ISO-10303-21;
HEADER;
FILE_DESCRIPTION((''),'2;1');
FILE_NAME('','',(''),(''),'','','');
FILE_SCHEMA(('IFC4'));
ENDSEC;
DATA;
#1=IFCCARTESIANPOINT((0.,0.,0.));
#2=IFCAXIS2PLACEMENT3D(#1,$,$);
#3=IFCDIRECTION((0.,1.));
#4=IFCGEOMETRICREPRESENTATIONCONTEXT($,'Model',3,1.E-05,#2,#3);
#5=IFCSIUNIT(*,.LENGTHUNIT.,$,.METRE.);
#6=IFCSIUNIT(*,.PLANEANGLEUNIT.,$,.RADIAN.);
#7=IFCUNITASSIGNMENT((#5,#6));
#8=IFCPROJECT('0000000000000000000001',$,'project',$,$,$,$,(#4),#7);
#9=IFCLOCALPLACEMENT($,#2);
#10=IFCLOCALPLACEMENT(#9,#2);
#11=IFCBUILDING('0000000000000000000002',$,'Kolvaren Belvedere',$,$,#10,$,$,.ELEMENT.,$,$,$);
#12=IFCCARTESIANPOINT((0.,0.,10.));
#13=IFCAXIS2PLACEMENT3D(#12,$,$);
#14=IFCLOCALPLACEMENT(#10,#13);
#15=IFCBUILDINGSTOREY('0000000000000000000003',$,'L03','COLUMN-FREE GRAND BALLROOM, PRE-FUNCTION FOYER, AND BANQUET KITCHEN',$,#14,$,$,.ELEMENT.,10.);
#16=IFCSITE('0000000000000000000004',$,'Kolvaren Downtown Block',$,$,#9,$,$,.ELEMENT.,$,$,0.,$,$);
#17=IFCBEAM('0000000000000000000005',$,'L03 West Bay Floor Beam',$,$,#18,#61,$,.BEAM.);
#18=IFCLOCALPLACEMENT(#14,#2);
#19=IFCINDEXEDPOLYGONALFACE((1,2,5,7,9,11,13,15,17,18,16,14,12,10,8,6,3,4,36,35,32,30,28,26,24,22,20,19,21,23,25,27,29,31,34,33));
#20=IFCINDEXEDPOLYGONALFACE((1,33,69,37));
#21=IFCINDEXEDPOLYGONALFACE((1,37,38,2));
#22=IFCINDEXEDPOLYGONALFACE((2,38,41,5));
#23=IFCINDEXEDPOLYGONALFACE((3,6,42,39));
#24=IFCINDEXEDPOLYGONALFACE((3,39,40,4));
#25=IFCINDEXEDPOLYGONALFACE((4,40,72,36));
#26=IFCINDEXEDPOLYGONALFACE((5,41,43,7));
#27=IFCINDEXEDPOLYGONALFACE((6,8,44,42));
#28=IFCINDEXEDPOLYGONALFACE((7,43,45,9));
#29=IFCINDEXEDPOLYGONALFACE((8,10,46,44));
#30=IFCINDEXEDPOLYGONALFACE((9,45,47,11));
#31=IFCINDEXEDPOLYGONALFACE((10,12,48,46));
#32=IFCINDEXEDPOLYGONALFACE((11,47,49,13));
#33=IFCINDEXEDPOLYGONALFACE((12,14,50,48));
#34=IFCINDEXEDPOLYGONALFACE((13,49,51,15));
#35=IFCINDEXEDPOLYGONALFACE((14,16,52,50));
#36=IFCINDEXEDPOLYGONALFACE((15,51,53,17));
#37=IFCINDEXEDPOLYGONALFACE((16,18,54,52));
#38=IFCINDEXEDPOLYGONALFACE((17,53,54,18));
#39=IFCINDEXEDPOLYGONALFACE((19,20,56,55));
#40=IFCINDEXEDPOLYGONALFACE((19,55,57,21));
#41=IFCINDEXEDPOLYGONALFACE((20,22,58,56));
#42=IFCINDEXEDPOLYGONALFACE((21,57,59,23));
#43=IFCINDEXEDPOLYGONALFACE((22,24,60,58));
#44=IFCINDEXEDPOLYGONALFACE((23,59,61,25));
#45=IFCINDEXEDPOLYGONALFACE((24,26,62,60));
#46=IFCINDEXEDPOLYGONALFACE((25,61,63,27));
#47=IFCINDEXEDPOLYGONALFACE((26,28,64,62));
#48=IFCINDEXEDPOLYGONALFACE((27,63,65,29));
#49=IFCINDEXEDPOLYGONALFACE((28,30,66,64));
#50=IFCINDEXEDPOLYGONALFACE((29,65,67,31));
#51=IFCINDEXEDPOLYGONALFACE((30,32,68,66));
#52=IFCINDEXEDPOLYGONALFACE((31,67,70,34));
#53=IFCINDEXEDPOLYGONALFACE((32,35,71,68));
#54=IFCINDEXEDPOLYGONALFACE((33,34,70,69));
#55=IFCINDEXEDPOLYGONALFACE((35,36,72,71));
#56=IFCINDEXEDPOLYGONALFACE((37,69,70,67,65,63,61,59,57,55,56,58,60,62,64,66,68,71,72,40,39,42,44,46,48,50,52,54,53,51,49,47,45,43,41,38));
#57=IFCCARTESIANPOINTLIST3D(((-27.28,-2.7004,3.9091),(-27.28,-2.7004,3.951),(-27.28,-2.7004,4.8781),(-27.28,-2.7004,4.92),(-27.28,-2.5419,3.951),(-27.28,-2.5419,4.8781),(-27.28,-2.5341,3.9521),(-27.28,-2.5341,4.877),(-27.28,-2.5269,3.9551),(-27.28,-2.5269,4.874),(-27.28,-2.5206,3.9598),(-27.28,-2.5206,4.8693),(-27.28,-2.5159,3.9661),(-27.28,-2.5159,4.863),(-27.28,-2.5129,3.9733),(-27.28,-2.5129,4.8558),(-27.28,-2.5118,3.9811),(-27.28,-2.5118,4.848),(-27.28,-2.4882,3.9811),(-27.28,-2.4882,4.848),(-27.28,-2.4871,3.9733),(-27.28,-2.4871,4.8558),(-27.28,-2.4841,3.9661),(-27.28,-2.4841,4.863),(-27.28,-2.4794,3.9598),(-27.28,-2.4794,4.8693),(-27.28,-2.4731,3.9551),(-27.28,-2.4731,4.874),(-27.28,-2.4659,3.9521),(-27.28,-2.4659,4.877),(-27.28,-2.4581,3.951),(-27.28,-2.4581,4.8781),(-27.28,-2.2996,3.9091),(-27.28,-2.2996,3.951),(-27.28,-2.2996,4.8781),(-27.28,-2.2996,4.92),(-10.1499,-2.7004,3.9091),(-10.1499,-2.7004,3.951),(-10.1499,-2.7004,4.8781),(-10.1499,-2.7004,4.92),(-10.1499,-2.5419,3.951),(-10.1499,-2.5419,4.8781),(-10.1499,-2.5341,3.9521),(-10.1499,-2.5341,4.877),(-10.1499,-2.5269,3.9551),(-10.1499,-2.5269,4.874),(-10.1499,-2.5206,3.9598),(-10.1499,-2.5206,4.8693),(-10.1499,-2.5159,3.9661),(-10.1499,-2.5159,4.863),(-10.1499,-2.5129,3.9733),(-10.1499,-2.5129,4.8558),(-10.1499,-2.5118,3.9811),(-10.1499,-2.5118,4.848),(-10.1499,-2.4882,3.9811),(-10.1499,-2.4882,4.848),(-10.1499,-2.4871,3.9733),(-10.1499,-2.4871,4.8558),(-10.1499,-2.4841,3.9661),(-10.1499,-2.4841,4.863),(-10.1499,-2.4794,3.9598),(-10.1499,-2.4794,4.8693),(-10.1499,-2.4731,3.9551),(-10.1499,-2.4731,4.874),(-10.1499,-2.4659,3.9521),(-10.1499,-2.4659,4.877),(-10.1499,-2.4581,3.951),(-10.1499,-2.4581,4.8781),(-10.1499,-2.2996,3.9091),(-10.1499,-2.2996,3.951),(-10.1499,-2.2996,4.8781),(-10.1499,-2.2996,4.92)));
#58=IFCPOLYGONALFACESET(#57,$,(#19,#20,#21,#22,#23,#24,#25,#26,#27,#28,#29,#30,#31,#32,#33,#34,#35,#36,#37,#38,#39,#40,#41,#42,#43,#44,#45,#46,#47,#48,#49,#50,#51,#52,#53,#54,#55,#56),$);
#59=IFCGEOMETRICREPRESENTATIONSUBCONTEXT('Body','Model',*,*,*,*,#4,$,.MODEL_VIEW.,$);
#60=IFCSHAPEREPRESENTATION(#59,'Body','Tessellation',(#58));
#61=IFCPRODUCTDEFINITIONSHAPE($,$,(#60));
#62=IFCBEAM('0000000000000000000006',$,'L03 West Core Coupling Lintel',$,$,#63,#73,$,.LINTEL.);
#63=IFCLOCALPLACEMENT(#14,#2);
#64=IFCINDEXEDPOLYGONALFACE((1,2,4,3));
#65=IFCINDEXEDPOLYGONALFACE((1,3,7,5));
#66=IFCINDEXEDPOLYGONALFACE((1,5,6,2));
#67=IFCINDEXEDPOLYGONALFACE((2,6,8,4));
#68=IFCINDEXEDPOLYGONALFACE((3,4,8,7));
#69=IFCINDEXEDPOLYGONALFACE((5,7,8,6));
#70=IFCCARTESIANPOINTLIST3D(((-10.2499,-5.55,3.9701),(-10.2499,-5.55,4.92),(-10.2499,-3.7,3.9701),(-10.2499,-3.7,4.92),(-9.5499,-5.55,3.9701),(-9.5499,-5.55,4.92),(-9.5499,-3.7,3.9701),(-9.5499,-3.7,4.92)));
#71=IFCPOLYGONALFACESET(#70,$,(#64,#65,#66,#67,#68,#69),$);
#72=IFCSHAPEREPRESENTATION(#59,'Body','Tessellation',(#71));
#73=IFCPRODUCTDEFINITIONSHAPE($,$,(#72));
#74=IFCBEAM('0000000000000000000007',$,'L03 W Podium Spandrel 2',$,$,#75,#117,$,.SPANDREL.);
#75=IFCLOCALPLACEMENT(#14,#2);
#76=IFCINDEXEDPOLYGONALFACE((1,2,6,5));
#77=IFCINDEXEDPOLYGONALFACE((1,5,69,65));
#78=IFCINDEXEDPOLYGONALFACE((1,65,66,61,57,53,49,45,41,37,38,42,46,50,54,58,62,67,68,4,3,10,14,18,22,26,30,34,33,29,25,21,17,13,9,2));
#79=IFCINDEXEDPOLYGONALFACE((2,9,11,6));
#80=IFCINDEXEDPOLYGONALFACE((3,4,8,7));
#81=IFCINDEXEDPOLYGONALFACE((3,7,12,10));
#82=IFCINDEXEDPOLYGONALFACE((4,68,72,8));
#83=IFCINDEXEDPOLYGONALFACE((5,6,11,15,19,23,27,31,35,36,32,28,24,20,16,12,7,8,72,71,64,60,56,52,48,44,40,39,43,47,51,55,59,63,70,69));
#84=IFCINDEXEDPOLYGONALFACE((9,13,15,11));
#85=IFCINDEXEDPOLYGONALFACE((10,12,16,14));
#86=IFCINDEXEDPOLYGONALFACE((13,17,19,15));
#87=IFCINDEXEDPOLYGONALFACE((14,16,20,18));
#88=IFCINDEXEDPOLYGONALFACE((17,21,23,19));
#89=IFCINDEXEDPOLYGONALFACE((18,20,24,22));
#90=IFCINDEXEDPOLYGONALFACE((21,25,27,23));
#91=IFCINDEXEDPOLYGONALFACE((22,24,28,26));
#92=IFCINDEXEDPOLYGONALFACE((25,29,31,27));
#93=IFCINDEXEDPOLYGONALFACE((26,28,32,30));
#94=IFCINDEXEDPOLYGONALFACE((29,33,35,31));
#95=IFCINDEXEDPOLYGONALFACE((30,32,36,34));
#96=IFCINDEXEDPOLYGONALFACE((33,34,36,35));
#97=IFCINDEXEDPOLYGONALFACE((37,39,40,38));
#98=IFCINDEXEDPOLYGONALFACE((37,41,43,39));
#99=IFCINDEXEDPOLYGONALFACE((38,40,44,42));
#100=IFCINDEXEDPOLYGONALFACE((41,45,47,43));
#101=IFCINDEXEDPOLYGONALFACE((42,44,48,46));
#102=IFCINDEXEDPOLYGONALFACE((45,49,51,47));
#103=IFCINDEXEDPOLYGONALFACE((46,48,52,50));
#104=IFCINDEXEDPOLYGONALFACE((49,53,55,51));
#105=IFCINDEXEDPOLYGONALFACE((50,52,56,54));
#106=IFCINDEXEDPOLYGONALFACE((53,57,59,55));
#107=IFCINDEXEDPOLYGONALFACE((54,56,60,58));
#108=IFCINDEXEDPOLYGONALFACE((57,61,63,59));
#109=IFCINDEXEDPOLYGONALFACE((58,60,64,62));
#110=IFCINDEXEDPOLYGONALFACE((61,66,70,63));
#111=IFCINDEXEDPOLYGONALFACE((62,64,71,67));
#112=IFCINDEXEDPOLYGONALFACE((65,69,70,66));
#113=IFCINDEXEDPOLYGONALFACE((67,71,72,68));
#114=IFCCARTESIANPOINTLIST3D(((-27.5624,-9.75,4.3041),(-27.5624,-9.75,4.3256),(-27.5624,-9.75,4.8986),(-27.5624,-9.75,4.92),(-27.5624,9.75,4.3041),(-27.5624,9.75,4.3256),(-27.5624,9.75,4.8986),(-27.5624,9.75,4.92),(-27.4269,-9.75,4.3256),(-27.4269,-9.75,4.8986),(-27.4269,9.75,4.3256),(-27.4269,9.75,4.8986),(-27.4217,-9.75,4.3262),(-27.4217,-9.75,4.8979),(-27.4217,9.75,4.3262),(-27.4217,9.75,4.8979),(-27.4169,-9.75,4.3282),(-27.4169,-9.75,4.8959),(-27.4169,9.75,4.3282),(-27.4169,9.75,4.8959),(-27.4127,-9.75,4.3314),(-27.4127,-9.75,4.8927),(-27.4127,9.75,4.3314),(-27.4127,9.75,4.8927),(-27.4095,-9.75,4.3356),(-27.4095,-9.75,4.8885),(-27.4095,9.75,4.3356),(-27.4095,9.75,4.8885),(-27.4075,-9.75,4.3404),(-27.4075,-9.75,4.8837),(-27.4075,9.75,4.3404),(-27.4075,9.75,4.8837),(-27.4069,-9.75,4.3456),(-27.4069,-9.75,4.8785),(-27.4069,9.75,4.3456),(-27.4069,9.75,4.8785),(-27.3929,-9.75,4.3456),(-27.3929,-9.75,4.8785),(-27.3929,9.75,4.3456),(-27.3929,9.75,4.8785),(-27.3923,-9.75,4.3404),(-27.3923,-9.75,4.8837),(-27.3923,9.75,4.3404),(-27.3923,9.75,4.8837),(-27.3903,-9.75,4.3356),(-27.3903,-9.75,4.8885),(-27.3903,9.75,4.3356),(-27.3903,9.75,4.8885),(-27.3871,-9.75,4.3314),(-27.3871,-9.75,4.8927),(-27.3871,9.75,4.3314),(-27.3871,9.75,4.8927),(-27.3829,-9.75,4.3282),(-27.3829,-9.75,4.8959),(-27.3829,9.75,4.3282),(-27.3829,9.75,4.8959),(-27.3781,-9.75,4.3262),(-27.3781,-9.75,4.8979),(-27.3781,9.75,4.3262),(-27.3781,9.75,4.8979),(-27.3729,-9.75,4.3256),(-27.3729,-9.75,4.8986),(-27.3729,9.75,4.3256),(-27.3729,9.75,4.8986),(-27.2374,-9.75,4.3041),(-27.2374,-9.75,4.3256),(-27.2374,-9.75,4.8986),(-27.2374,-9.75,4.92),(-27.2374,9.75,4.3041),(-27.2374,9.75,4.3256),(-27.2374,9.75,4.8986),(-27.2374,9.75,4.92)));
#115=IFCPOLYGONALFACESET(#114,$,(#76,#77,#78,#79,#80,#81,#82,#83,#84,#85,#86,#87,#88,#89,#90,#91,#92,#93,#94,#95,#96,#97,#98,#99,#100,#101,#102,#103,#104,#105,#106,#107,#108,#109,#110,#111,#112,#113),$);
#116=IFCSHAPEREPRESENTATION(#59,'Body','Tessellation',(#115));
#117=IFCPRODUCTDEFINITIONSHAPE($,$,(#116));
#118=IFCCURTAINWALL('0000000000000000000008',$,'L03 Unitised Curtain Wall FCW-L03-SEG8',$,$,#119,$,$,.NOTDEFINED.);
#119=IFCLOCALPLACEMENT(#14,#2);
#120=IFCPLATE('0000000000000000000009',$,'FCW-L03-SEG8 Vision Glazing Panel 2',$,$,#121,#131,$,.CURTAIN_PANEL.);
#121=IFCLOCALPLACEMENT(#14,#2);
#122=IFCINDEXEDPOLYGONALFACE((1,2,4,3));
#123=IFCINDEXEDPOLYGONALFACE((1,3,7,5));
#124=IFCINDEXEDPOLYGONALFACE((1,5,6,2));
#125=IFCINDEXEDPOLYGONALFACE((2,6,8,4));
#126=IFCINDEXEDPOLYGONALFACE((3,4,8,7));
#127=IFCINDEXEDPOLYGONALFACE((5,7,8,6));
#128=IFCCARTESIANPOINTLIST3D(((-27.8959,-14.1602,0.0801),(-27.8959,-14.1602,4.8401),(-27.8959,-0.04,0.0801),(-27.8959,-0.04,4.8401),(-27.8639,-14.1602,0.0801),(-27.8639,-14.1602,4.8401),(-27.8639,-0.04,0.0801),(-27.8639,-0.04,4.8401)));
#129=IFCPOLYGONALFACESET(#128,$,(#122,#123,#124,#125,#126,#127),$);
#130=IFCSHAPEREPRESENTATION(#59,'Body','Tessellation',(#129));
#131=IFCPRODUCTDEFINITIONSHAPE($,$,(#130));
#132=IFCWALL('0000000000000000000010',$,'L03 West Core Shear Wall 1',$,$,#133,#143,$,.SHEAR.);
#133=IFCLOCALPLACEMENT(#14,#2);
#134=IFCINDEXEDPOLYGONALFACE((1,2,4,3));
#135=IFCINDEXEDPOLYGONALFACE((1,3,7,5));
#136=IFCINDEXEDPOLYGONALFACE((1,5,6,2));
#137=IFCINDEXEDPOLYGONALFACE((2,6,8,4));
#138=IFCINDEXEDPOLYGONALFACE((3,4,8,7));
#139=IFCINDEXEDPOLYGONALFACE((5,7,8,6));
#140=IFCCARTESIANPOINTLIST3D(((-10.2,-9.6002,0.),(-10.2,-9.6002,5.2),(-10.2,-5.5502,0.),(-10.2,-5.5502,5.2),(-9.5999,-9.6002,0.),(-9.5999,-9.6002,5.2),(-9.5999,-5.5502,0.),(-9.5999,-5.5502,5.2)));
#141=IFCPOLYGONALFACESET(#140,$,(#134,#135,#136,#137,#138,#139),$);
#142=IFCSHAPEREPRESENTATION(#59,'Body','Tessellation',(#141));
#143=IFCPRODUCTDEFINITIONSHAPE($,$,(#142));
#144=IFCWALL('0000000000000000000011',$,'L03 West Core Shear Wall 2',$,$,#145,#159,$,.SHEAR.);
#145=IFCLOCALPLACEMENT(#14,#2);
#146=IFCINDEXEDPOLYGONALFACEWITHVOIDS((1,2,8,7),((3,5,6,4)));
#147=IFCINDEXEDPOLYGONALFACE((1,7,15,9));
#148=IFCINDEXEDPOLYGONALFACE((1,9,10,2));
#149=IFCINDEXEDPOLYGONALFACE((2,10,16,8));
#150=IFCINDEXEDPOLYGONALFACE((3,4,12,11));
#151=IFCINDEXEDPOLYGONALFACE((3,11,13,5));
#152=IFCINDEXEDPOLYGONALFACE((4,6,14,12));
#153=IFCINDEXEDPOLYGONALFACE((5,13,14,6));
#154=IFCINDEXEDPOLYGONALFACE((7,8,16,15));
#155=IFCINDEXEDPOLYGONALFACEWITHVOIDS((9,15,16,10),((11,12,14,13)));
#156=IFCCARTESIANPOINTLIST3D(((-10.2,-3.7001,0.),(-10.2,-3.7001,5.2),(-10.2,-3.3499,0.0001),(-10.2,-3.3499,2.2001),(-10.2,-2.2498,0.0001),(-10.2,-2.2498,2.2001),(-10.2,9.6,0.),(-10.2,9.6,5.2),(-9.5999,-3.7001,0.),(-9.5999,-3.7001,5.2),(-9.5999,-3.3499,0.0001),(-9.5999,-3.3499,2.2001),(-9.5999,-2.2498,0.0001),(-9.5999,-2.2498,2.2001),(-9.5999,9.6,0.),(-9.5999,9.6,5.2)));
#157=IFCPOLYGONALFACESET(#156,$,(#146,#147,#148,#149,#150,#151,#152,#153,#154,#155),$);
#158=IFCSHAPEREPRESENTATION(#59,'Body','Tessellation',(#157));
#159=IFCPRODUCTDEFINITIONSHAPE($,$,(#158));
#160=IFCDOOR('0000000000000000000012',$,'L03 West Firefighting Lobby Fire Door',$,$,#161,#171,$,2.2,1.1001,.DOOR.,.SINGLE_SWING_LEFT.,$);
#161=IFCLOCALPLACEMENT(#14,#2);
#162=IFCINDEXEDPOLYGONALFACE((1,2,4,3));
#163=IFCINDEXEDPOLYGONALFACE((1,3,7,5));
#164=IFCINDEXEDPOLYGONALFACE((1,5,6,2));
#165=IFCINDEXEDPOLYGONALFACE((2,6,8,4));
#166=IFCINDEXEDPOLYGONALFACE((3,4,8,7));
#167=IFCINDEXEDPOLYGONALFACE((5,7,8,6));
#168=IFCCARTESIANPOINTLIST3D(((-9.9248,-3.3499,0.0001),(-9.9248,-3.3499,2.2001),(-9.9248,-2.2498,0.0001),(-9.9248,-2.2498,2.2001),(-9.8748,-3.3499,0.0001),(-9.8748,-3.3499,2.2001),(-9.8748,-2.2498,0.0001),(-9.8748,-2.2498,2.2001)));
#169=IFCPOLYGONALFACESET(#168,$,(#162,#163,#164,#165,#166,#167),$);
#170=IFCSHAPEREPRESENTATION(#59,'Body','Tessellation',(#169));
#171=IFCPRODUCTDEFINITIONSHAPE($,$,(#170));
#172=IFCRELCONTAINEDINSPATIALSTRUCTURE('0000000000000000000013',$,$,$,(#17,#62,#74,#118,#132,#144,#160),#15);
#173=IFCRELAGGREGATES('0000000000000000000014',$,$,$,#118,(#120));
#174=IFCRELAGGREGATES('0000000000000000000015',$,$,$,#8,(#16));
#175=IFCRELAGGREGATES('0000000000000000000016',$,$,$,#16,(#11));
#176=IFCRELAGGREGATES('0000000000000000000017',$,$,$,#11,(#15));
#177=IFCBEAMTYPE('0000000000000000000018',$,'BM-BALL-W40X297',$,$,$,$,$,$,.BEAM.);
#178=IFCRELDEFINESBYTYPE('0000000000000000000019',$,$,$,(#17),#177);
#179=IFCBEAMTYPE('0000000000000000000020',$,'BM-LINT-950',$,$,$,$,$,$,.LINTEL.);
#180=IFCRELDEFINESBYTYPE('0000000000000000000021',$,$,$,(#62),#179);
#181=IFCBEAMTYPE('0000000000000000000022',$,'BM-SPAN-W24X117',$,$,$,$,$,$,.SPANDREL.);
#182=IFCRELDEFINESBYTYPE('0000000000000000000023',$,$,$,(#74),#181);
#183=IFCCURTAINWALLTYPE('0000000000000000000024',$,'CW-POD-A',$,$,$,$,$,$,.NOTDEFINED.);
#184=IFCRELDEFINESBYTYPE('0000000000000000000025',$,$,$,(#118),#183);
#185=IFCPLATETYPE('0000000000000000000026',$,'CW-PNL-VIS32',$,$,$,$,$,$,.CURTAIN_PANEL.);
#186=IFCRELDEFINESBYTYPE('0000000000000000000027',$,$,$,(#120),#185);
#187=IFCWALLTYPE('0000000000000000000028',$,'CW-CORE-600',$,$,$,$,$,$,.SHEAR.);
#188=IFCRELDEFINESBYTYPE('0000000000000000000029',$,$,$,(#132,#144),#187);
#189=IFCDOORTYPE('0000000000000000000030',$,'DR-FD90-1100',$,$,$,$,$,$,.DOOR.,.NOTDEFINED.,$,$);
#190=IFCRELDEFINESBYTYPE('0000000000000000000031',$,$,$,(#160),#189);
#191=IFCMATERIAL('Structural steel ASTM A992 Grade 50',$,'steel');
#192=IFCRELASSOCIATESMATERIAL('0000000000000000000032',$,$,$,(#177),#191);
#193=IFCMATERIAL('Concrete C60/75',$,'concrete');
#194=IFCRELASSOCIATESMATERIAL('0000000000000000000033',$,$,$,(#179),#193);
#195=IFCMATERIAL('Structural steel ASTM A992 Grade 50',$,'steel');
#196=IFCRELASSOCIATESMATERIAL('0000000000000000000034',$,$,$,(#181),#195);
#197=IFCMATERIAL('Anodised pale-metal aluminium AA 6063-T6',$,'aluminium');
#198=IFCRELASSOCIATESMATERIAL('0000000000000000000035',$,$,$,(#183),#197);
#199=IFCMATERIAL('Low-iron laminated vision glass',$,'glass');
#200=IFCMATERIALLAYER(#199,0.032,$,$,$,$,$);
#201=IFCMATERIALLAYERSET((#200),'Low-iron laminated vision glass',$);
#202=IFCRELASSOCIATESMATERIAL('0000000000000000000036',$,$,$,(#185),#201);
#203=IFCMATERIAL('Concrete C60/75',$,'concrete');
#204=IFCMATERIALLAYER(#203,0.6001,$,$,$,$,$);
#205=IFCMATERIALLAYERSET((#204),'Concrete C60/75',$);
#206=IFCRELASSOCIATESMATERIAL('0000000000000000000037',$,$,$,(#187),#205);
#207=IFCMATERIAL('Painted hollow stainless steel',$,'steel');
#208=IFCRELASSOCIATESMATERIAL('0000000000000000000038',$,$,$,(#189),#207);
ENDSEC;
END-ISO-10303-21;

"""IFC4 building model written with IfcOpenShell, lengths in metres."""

from ifc_helpers import new_model, si_unit, direction, frame, frame_2d, origin, origin_2d, place, context, subcontext, project, spatial, rectangle, i_section, extrude, material, layer, layer_set, material_profile, profile_set, type_object, element, fill, aggregate, save


model = new_model("IFC4")

# Units and contexts
model_context = context("Model", 3, precision=1e-05, world=origin(), true_north=direction((0.0, 1.0)))
body_context = subcontext(model_context, "Body", "Model", "MODEL_VIEW")
ifc_project = project(units=[si_unit("LENGTHUNIT", "METRE"), si_unit("PLANEANGLEUNIT", "RADIAN")], contexts=[model_context])

# Site, building, storey
site_placement = place(None, origin())
site = spatial("IfcSite", under=ifc_project, at=site_placement, Name="Kolvaren Downtown Block", CompositionType="ELEMENT", RefElevation=0.0)
building_placement = place(site_placement, origin())
building = spatial("IfcBuilding", under=site, at=building_placement, Name="Kolvaren Belvedere", CompositionType="ELEMENT")
storey_placement = place(building_placement, frame((0.0, 0.0, 10.0)))
storey = spatial("IfcBuildingStorey", under=building, at=storey_placement, Name="L03", Description="COLUMN-FREE GRAND BALLROOM, PRE-FUNCTION FOYER, AND BANQUET KITCHEN", CompositionType="ELEMENT", Elevation=10.0)

# Beams
ifc_material_1 = material(Name="Structural steel ASTM A992 Grade 50", Category="steel")
ifc_material_profile_1 = material_profile(ifc_material_1, i_section(OverallWidth=0.4009, OverallDepth=1.011, WebThickness=0.0237, FlangeThickness=0.042, FilletRadius=0.03, at=origin_2d()), Name="W40X297")
ifc_profile_set_1 = profile_set([ifc_material_profile_1], Name="Structural steel ASTM A992 Grade 50")
beam_type_1 = type_object("IfcBeamType", Name="BM-BALL-W40X297", PredefinedType="BEAM", material=ifc_profile_set_1)
beam_1_placement = place(storey_placement, frame((-27.28, -2.5, 4.4146), z_axis=(1.0, 0.0, 0.0), x_axis=(0.0, 1.0, 0.0)))
element("IfcBeam", 1, at=beam_1_placement, inside=storey, type_object=beam_type_1, Name="L03 West Bay Floor Beam", PredefinedType="BEAM", context=body_context, shape_type="SweptSolid", body=[
    extrude(i_section(OverallWidth=0.4009, OverallDepth=1.011, WebThickness=0.0237, FlangeThickness=0.042, FilletRadius=0.03, at=origin_2d()), origin(), (0.0, 0.0, 1.0), 17.1301),
])
ifc_material_2 = material(Name="Concrete C60/75", Category="concrete")
ifc_material_profile_2 = material_profile(ifc_material_2, rectangle(XDim=0.7, YDim=0.95, at=origin_2d()), Name="RC 700X950")
ifc_profile_set_2 = profile_set([ifc_material_profile_2], Name="Concrete C60/75")
beam_type_2 = type_object("IfcBeamType", Name="BM-LINT-950", PredefinedType="LINTEL", material=ifc_profile_set_2)
beam_2_placement = place(storey_placement, frame((-9.8999, -5.55, 4.4451), z_axis=(0.0, 1.0, 0.0), x_axis=(-1.0, 0.0, 0.0)))
element("IfcBeam", 2, at=beam_2_placement, inside=storey, type_object=beam_type_2, Name="L03 West Core Coupling Lintel", PredefinedType="LINTEL", context=body_context, shape_type="SweptSolid", body=[
    extrude(rectangle(XDim=0.7, YDim=0.95, at=origin_2d()), origin(), (0.0, 0.0, 1.0), 1.8501),
])
ifc_material_3 = material(Name="Structural steel ASTM A992 Grade 50", Category="steel")
ifc_material_profile_3 = material_profile(ifc_material_3, i_section(OverallWidth=0.325, OverallDepth=0.616, WebThickness=0.0139, FlangeThickness=0.0215, FilletRadius=0.02, at=origin_2d()), Name="W24X117")
ifc_profile_set_3 = profile_set([ifc_material_profile_3], Name="Structural steel ASTM A992 Grade 50")
beam_type_3 = type_object("IfcBeamType", Name="BM-SPAN-W24X117", PredefinedType="SPANDREL", material=ifc_profile_set_3)
beam_3_placement = place(storey_placement, frame((-27.3999, -9.75, 4.6121), z_axis=(0.0, 1.0, 0.0), x_axis=(-1.0, 0.0, 0.0)))
element("IfcBeam", 3, at=beam_3_placement, inside=storey, type_object=beam_type_3, Name="L03 W Podium Spandrel 2", PredefinedType="SPANDREL", context=body_context, shape_type="SweptSolid", body=[
    extrude(i_section(OverallWidth=0.325, OverallDepth=0.616, WebThickness=0.0139, FlangeThickness=0.0215, FilletRadius=0.02, at=origin_2d()), origin(), (0.0, 0.0, 1.0), 19.5),
])

# Curtain wall, plate
ifc_material_4 = material(Name="Anodised pale-metal aluminium AA 6063-T6", Category="aluminium")
curtain_wall_type = type_object("IfcCurtainWallType", Name="CW-POD-A", PredefinedType="NOTDEFINED", material=ifc_material_4)
curtain_wall_placement = place(storey_placement, origin())
curtain_wall = element("IfcCurtainWall", 4, at=curtain_wall_placement, inside=storey, type_object=curtain_wall_type, Name="L03 Unitised Curtain Wall FCW-L03-SEG8", PredefinedType="NOTDEFINED")
ifc_material_5 = material(Name="Low-iron laminated vision glass", Category="glass")
ifc_layer_1 = layer(ifc_material_5, 0.032)
ifc_layer_set_1 = layer_set([ifc_layer_1], Name="Low-iron laminated vision glass")
plate_type = type_object("IfcPlateType", Name="CW-PNL-VIS32", PredefinedType="CURTAIN_PANEL", material=ifc_layer_set_1)
plate_placement = place(storey_placement, frame((-27.8799, -7.1001, 0.0801), z_axis=(0.0, 0.0, 1.0), x_axis=(0.0, 1.0, 0.0)))
plate = element("IfcPlate", 5, at=plate_placement, type_object=plate_type, Name="FCW-L03-SEG8 Vision Glazing Panel 2", PredefinedType="CURTAIN_PANEL", context=body_context, shape_type="SweptSolid", body=[
    extrude(rectangle(XDim=14.1201, YDim=0.032, at=origin_2d()), origin(), (0.0, 0.0, 1.0), 4.76),
])
aggregate(curtain_wall, [plate])

# Wall
ifc_material_6 = material(Name="Concrete C60/75", Category="concrete")
ifc_layer_2 = layer(ifc_material_6, 0.6001)
ifc_layer_set_2 = layer_set([ifc_layer_2], Name="Concrete C60/75")
wall_type_1 = type_object("IfcWallType", Name="CW-CORE-600", PredefinedType="SHEAR", material=ifc_layer_set_2)
wall_1_placement = place(storey_placement, frame((-9.8999, -9.6001, 0.0), z_axis=(0.0, 0.0, 1.0), x_axis=(0.0, 1.0, 0.0)))
element("IfcWall", 6, at=wall_1_placement, inside=storey, type_object=wall_type_1, Name="L03 West Core Shear Wall 1", PredefinedType="SHEAR", context=body_context, shape_type="SweptSolid", body=[
    extrude(rectangle(XDim=4.05, YDim=0.6001, at=frame_2d((2.0249, 0.0))), origin(), (0.0, 0.0, 1.0), 5.2),
])

# Wall, opening, door
wall_2_placement = place(storey_placement, frame((-9.8999, -3.7, 0.0), z_axis=(0.0, 0.0, 1.0), x_axis=(0.0, 1.0, 0.0)))
wall_2 = element("IfcWall", 7, at=wall_2_placement, inside=storey, type_object=wall_type_1, Name="L03 West Core Shear Wall 2", PredefinedType="SHEAR", context=body_context, shape_type="SweptSolid", body=[
    extrude(rectangle(XDim=13.3, YDim=0.6001, at=frame_2d((6.6499, 0.0))), origin(), (0.0, 0.0, 1.0), 5.2),
])
opening_1_placement = place(wall_2_placement, frame((0.3501, 0.0, 0.0)))
opening_1 = element("IfcOpeningElement", 8, at=opening_1_placement, cuts=wall_2, PredefinedType="OPENING", context=body_context, shape_type="SweptSolid", body=[
    extrude(rectangle(XDim=1.1001, YDim=2.2, at=frame_2d((0.55, 1.1001))), frame((0.0, 0.3101, 0.0), z_axis=(0.0, -1.0, 0.0), x_axis=(1.0, 0.0, 0.0)), (0.0, 0.0, 1.0), 0.6201),
])
ifc_material_7 = material(Name="Painted hollow stainless steel", Category="steel")
door_type_1 = type_object("IfcDoorType", Name="DR-FD90-1100", OperationType="NOTDEFINED", PredefinedType="DOOR", material=ifc_material_7)
door_1_placement = place(opening_1_placement, origin())
door_1 = element("IfcDoor", 9, at=door_1_placement, inside=storey, type_object=door_type_1, Name="L03 West Firefighting Lobby Fire Door", OperationType="SINGLE_SWING_LEFT", OverallHeight=2.2, OverallWidth=1.1001, PredefinedType="DOOR", context=body_context, shape_type="SweptSolid", body=[
    extrude(rectangle(XDim=1.1001, YDim=2.2, at=frame_2d((0.55, 1.1001))), frame((0.0, 0.0249, 0.0), z_axis=(0.0, -1.0, 0.0), x_axis=(1.0, 0.0, 0.0)), (0.0, 0.0, 1.0), 0.05),
])
fill(opening_1, door_1)

save(model, "model.ifc")
